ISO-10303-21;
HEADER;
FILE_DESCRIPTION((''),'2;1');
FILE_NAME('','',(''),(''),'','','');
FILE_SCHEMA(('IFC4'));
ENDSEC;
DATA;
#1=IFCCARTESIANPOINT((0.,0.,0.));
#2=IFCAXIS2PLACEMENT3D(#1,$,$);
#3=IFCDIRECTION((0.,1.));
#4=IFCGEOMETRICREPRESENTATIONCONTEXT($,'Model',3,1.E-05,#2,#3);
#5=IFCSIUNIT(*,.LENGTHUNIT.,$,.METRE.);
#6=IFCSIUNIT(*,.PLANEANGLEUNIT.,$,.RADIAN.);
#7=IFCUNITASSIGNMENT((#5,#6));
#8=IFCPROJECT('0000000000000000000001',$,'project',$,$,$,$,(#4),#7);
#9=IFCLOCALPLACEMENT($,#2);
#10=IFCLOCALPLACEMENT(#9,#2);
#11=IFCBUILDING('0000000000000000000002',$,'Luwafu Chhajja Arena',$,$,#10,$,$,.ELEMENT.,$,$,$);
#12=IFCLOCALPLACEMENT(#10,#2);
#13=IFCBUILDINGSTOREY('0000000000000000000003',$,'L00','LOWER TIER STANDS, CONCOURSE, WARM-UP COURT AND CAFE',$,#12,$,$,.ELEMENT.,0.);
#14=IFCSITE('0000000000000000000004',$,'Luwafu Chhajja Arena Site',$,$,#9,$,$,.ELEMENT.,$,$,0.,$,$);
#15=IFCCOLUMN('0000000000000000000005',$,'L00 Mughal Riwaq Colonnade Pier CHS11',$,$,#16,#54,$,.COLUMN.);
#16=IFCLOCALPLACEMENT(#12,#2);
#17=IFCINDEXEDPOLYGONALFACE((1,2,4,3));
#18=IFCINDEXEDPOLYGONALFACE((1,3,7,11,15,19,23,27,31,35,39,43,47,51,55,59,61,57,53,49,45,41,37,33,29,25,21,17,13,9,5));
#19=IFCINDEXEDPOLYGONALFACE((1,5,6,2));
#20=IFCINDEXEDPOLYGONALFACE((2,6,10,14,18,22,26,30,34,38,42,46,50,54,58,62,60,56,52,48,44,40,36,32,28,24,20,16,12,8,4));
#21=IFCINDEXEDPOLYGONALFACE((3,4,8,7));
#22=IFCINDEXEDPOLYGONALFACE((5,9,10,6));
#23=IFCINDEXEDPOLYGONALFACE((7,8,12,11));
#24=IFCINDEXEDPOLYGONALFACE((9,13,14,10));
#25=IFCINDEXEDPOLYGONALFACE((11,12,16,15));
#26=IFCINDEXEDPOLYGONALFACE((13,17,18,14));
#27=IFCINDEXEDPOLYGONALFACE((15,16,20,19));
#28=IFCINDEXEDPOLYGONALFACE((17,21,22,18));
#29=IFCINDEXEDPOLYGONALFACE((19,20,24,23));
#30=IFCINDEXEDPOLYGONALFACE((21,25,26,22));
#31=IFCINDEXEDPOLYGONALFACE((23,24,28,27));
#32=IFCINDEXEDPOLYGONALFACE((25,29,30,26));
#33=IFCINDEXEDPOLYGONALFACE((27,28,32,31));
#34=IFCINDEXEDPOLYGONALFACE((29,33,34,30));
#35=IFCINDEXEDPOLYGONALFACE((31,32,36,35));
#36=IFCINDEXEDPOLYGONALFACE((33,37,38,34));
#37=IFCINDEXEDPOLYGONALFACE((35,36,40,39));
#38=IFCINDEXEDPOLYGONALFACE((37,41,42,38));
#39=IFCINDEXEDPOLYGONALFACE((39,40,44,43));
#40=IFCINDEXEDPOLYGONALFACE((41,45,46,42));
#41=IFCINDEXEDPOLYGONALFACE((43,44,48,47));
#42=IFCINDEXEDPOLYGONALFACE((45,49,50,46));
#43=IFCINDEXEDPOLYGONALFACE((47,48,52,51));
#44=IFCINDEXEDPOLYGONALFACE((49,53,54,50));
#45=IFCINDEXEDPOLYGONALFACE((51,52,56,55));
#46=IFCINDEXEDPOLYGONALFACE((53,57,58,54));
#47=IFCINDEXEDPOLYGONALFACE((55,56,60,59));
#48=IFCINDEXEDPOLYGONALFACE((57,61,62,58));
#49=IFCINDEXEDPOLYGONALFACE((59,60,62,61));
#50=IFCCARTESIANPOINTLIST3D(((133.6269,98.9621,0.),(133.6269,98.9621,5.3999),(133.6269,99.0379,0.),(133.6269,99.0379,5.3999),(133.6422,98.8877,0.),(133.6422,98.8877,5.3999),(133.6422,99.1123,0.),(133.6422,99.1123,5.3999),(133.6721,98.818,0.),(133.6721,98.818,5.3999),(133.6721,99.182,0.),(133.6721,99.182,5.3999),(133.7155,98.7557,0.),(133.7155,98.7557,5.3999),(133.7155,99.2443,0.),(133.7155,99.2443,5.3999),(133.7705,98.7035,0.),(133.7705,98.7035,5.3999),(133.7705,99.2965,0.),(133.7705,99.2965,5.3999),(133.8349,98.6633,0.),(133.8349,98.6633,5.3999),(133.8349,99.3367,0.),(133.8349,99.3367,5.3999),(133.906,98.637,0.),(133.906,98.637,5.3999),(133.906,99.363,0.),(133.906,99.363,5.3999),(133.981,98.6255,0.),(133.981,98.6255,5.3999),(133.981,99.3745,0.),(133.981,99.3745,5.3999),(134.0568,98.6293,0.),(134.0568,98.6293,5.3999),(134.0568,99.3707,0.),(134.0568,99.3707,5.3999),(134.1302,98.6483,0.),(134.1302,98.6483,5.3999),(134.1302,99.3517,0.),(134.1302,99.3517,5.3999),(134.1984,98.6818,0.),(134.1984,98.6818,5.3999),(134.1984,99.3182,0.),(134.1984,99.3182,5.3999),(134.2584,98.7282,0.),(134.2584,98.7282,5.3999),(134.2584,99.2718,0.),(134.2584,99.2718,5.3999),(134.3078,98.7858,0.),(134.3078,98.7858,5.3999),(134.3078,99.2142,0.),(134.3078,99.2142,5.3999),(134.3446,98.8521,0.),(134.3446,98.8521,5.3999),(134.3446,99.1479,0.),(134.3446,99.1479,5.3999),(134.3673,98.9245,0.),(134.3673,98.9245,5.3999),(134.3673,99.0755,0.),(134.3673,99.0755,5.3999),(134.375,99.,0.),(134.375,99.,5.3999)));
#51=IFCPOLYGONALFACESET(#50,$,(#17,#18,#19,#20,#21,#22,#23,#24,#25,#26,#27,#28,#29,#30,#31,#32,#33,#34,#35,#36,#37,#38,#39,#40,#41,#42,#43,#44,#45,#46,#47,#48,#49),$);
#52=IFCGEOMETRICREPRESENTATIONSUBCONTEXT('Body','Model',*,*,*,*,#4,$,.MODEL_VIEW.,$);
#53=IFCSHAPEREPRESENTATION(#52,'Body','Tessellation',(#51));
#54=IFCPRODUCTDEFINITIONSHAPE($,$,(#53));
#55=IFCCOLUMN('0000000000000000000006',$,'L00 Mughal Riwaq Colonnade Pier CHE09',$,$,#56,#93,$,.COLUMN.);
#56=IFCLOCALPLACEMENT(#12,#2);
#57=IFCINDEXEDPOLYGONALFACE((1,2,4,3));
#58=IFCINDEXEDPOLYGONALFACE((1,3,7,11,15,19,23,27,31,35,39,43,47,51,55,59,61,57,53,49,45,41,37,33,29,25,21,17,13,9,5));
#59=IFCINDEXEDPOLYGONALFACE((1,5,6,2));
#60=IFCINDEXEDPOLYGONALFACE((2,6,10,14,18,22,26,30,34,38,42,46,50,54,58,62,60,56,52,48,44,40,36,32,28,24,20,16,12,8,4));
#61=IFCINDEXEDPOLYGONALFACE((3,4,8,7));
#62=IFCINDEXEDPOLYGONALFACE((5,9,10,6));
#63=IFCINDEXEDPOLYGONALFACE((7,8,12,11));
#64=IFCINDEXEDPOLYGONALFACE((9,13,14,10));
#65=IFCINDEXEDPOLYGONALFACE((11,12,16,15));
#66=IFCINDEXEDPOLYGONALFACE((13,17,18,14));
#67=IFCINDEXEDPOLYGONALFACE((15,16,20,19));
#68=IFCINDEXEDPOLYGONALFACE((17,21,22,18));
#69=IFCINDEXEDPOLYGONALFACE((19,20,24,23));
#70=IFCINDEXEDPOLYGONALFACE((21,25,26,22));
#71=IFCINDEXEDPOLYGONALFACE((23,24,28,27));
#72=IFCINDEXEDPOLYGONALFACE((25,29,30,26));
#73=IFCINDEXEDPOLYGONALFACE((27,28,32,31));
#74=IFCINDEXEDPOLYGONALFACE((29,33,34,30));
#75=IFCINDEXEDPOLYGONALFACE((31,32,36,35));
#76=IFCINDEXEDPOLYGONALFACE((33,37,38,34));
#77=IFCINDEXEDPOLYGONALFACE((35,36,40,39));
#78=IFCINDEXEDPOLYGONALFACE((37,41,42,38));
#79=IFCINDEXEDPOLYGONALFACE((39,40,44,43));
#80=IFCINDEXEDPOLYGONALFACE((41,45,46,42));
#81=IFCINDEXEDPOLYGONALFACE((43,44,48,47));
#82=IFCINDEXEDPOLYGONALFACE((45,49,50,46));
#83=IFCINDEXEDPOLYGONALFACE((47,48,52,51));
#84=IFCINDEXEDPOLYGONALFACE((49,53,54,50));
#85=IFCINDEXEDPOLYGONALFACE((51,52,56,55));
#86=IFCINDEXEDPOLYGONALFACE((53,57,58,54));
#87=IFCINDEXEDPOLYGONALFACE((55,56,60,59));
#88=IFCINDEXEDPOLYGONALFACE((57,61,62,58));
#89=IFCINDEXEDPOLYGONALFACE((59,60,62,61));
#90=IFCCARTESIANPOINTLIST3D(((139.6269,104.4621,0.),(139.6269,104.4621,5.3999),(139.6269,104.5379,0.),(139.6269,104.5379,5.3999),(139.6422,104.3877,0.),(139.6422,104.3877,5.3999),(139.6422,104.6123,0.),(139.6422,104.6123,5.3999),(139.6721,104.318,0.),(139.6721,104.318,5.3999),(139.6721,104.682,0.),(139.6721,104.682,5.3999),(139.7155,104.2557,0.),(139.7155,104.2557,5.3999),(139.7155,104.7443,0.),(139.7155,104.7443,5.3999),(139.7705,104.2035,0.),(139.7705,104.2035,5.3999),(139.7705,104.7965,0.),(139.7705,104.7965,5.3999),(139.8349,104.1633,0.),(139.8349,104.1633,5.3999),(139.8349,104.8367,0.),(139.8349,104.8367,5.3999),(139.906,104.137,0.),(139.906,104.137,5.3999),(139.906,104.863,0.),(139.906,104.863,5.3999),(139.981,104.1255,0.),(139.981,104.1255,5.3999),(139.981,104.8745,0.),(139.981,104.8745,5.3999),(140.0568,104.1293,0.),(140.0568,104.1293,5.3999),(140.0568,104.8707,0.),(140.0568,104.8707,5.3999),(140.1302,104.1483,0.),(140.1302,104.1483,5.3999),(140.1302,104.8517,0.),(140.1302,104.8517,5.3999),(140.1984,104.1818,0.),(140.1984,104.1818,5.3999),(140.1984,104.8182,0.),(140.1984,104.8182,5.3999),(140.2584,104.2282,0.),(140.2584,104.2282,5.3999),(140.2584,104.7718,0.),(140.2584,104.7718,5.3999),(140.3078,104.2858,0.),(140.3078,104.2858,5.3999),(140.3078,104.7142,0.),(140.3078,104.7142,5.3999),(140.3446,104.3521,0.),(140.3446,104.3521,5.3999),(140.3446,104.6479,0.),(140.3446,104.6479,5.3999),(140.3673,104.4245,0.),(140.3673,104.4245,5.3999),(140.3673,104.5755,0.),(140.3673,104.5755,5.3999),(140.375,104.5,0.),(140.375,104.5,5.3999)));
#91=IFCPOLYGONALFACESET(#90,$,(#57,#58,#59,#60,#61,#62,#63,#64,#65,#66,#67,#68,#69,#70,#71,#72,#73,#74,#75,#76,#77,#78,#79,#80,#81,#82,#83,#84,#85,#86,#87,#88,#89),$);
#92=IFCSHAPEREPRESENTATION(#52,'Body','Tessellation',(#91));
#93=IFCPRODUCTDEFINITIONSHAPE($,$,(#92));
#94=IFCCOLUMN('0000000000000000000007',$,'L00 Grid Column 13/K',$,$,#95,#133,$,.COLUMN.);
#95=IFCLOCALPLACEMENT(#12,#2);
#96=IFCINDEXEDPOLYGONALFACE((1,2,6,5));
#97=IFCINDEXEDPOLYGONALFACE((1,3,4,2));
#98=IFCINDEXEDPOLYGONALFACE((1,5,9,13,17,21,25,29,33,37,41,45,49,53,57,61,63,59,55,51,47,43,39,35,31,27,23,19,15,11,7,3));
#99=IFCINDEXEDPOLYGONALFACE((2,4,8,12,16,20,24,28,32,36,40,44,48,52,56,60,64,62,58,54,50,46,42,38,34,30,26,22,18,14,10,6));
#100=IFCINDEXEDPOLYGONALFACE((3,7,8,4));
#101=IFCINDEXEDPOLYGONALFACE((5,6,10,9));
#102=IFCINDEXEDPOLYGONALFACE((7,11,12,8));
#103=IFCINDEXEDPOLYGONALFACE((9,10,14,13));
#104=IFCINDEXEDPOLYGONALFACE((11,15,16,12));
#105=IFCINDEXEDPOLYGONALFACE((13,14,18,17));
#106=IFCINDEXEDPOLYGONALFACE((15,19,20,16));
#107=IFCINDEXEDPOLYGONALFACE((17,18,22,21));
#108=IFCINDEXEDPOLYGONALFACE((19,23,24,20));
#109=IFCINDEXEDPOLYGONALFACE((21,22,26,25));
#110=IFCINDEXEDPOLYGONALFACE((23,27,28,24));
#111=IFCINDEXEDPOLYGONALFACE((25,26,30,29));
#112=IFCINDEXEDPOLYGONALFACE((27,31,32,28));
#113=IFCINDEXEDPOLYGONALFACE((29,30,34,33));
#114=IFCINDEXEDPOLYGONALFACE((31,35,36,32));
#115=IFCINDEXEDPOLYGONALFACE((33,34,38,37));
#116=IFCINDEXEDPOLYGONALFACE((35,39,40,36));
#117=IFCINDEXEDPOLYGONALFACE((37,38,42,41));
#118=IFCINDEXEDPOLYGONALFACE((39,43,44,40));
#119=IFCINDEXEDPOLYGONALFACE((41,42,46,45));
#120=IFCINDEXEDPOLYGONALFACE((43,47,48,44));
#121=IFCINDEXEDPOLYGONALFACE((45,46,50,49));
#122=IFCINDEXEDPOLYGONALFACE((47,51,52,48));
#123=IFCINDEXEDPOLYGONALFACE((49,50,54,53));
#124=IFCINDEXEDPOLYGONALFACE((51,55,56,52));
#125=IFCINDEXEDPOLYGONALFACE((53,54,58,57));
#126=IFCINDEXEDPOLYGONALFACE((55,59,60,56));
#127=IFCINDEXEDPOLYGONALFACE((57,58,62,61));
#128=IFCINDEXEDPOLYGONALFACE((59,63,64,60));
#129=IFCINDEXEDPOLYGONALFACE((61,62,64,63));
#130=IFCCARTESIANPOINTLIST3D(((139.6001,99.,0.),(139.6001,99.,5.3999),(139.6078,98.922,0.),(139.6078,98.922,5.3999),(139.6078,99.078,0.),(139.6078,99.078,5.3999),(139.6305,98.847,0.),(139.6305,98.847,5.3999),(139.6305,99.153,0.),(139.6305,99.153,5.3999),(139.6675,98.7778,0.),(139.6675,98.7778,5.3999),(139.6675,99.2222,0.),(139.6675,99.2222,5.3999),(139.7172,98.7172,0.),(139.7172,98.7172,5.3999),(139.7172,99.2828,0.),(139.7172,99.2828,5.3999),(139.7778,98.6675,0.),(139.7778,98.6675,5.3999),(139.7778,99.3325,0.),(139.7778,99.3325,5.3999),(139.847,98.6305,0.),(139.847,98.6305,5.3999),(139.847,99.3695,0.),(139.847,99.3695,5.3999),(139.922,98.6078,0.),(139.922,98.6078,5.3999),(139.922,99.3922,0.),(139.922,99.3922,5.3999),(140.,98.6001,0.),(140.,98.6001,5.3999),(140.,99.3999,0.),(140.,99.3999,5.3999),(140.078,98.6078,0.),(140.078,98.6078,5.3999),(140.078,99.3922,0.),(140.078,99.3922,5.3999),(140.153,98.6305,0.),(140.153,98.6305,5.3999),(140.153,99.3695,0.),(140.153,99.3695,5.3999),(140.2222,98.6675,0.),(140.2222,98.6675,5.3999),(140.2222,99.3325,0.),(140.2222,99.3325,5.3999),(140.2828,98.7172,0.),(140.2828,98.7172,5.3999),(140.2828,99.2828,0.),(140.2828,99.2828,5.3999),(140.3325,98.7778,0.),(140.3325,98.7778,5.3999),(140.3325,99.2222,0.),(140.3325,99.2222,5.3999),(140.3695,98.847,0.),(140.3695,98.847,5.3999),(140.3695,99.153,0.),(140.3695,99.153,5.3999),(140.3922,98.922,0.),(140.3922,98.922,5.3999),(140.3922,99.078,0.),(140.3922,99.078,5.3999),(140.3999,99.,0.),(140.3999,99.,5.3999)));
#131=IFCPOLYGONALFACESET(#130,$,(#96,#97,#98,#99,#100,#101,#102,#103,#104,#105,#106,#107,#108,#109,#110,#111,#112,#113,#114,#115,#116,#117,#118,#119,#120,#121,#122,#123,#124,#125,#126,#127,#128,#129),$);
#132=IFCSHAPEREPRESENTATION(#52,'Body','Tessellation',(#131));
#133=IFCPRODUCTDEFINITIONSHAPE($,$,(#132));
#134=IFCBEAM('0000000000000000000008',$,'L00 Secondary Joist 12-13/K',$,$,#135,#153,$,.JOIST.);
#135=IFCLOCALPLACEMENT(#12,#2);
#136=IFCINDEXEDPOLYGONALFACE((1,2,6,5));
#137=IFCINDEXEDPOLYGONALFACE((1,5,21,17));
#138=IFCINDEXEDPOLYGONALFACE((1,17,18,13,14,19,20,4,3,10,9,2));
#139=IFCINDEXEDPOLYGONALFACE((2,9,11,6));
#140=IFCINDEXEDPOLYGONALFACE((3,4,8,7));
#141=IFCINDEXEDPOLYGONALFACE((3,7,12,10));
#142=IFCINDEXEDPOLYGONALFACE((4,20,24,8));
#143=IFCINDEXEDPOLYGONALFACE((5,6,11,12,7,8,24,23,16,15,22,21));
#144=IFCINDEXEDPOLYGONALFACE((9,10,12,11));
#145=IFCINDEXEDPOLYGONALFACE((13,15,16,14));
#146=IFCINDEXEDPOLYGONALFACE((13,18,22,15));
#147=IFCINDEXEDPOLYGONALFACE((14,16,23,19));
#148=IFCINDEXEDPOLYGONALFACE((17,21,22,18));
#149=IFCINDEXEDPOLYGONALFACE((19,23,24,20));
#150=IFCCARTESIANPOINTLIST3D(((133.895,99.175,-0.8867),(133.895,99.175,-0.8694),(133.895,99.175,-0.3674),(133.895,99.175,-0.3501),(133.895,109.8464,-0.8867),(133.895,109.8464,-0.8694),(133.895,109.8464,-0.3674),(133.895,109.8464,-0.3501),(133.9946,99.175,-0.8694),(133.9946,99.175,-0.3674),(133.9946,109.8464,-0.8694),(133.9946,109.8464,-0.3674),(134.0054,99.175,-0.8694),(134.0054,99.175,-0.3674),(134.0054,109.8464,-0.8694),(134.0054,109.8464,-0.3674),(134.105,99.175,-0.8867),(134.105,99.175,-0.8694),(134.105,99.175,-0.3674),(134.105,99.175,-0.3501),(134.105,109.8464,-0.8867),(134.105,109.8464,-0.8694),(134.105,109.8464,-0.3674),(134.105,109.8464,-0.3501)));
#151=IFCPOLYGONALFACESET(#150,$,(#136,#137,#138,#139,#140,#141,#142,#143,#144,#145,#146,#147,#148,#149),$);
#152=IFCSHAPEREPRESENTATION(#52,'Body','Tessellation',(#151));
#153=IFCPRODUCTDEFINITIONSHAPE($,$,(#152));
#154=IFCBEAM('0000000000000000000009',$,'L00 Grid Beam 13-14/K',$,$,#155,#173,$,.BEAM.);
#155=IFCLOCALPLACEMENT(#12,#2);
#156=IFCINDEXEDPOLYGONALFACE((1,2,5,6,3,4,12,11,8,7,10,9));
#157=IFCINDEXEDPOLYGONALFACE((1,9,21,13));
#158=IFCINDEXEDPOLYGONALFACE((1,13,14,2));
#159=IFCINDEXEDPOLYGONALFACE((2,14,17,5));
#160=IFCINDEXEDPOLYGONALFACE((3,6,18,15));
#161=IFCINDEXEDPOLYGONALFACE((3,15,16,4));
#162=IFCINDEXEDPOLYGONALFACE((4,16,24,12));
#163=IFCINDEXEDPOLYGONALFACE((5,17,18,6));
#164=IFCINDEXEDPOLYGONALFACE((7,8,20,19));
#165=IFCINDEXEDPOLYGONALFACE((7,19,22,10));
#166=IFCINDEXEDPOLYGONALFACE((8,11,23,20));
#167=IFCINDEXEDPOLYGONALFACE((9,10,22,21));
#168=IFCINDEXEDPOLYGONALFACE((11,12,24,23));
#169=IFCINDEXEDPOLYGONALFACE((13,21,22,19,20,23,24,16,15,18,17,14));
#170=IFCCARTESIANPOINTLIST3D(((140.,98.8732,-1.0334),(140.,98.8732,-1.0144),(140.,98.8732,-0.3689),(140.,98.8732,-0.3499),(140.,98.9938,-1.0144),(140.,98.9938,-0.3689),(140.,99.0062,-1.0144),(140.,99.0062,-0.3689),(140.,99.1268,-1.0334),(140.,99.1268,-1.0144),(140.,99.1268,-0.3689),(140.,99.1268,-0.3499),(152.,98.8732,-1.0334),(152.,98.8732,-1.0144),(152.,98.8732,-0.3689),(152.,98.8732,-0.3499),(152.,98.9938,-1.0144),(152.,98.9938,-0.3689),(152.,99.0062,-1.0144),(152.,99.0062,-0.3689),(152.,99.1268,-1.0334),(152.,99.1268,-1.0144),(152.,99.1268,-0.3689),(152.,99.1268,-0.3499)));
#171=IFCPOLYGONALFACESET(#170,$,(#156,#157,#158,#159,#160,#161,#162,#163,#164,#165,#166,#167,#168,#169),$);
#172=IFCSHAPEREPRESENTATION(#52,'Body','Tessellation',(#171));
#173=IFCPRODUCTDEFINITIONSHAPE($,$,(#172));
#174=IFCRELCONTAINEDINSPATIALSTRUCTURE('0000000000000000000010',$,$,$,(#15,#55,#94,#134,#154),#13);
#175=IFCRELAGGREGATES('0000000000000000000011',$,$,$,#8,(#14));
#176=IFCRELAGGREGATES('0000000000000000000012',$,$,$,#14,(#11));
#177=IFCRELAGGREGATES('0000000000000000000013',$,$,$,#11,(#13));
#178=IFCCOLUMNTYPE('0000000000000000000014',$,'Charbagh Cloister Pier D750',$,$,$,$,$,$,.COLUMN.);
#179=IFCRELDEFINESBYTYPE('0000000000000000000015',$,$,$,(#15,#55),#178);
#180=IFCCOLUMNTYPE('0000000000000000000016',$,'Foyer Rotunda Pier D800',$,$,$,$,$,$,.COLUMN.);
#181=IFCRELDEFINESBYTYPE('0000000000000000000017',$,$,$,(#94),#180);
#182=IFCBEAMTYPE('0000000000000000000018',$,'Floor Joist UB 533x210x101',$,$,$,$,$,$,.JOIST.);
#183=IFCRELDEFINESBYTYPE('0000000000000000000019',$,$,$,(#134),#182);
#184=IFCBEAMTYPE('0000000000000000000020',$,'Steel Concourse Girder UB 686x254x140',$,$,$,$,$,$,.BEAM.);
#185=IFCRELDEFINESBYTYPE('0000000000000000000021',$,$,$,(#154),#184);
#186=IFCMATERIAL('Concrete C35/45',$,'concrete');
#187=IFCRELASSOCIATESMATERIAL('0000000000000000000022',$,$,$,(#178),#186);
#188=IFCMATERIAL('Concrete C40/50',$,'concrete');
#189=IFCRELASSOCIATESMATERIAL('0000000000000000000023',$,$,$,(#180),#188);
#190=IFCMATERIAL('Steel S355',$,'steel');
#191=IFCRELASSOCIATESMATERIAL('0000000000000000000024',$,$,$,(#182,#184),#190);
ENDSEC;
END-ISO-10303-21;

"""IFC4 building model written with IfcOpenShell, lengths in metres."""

from ifc_helpers import new_model, si_unit, direction, frame, origin, origin_2d, place, context, subcontext, project, spatial, circle, i_section, extrude, material, material_profile, profile_set, type_object, element, save


model = new_model("IFC4")

# Units and contexts
model_context = context("Model", 3, precision=1e-05, world=origin(), true_north=direction((0.0, 1.0)))
body_context = subcontext(model_context, "Body", "Model", "MODEL_VIEW")
ifc_project = project(units=[si_unit("LENGTHUNIT", "METRE"), si_unit("PLANEANGLEUNIT", "RADIAN")], contexts=[model_context])

# Site, building, storey
site_placement = place(None, origin())
site = spatial("IfcSite", under=ifc_project, at=site_placement, Name="Luwafu Chhajja Arena Site", CompositionType="ELEMENT", RefElevation=0.0)
building_placement = place(site_placement, origin())
building = spatial("IfcBuilding", under=site, at=building_placement, Name="Luwafu Chhajja Arena", CompositionType="ELEMENT")
storey_placement = place(building_placement, origin())
storey = spatial("IfcBuildingStorey", under=building, at=storey_placement, Name="L00", Description="LOWER TIER STANDS, CONCOURSE, WARM-UP COURT AND CAFE", CompositionType="ELEMENT", Elevation=0.0)

# Columns
ifc_material_1 = material(Name="Concrete C35/45", Category="concrete")
ifc_material_profile_1 = material_profile(ifc_material_1, circle(Radius=0.375, at=origin_2d()), Name="RC COL D750")
ifc_profile_set_1 = profile_set([ifc_material_profile_1], Name="Concrete C35/45")
column_type_1 = type_object("IfcColumnType", Name="Charbagh Cloister Pier D750", PredefinedType="COLUMN", material=ifc_profile_set_1)
for number, where, z_axis, x_axis, name in (
    (1, (134.0, 99.0, 0.0), (0.0, 0.0, 1.0), (1.0, 0.0, 0.0), "L00 Mughal Riwaq Colonnade Pier CHS11"),
    (2, (140.0, 104.5, 0.0), (0.0, 0.0, 1.0), (1.0, 0.0, 0.0), "L00 Mughal Riwaq Colonnade Pier CHE09"),
):
    element("IfcColumn", number, at=place(storey_placement, frame(where, z_axis=z_axis, x_axis=x_axis)), inside=storey, type_object=column_type_1, Name=name, PredefinedType="COLUMN", context=body_context, shape_type="SweptSolid", body=[
        extrude(circle(Radius=0.375, at=origin_2d()), origin(), (0.0, 0.0, 1.0), 5.3999),
    ])
ifc_material_2 = material(Name="Concrete C40/50", Category="concrete")
ifc_material_profile_2 = material_profile(ifc_material_2, circle(Radius=0.3999, at=origin_2d()), Name="RC COL D800")
ifc_profile_set_2 = profile_set([ifc_material_profile_2], Name="Concrete C40/50")
column_type_2 = type_object("IfcColumnType", Name="Foyer Rotunda Pier D800", PredefinedType="COLUMN", material=ifc_profile_set_2)
column_placement = place(storey_placement, frame((140.0, 99.0, 0.0), z_axis=(0.0, 0.0, 1.0), x_axis=(1.0, 0.0, 0.0)))
element("IfcColumn", 3, at=column_placement, inside=storey, type_object=column_type_2, Name="L00 Grid Column 13/K", PredefinedType="COLUMN", context=body_context, shape_type="SweptSolid", body=[
    extrude(circle(Radius=0.3999, at=origin_2d()), origin(), (0.0, 0.0, 1.0), 5.3999),
])

# Beams
ifc_material_3 = material(Name="Steel S355", Category="steel")
ifc_material_profile_3 = material_profile(ifc_material_3, i_section(OverallWidth=0.21, OverallDepth=0.5366, WebThickness=0.0107, FlangeThickness=0.0173, at=origin_2d()), Name="UB 533x210x101")
ifc_profile_set_3 = profile_set([ifc_material_profile_3], Name="Steel S355")
beam_type_1 = type_object("IfcBeamType", Name="Floor Joist UB 533x210x101", PredefinedType="JOIST", material=ifc_profile_set_3)
beam_1_placement = place(storey_placement, frame((134.0, 99.175, -0.6184), z_axis=(0.0, 1.0, 0.0), x_axis=(-1.0, 0.0, 0.0)))
element("IfcBeam", 4, at=beam_1_placement, inside=storey, type_object=beam_type_1, Name="L00 Secondary Joist 12-13/K", PredefinedType="JOIST", context=body_context, shape_type="SweptSolid", body=[
    extrude(i_section(OverallWidth=0.21, OverallDepth=0.5366, WebThickness=0.0107, FlangeThickness=0.0173, at=origin_2d()), origin(), (0.0, 0.0, 1.0), 10.6714),
])
ifc_material_profile_4 = material_profile(ifc_material_3, i_section(OverallWidth=0.2537, OverallDepth=0.6836, WebThickness=0.0125, FlangeThickness=0.019, at=origin_2d()), Name="UB 686x254x140")
ifc_profile_set_4 = profile_set([ifc_material_profile_4], Name="Steel S355")
beam_type_2 = type_object("IfcBeamType", Name="Steel Concourse Girder UB 686x254x140", PredefinedType="BEAM", material=ifc_profile_set_4)
beam_2_placement = place(storey_placement, frame((140.0, 99.0, -0.6917), z_axis=(1.0, 0.0, 0.0), x_axis=(0.0, 1.0, 0.0)))
element("IfcBeam", 5, at=beam_2_placement, inside=storey, type_object=beam_type_2, Name="L00 Grid Beam 13-14/K", PredefinedType="BEAM", context=body_context, shape_type="SweptSolid", body=[
    extrude(i_section(OverallWidth=0.2537, OverallDepth=0.6836, WebThickness=0.0125, FlangeThickness=0.019, at=origin_2d()), origin(), (0.0, 0.0, 1.0), 12.0),
])

save(model, "model.ifc")
